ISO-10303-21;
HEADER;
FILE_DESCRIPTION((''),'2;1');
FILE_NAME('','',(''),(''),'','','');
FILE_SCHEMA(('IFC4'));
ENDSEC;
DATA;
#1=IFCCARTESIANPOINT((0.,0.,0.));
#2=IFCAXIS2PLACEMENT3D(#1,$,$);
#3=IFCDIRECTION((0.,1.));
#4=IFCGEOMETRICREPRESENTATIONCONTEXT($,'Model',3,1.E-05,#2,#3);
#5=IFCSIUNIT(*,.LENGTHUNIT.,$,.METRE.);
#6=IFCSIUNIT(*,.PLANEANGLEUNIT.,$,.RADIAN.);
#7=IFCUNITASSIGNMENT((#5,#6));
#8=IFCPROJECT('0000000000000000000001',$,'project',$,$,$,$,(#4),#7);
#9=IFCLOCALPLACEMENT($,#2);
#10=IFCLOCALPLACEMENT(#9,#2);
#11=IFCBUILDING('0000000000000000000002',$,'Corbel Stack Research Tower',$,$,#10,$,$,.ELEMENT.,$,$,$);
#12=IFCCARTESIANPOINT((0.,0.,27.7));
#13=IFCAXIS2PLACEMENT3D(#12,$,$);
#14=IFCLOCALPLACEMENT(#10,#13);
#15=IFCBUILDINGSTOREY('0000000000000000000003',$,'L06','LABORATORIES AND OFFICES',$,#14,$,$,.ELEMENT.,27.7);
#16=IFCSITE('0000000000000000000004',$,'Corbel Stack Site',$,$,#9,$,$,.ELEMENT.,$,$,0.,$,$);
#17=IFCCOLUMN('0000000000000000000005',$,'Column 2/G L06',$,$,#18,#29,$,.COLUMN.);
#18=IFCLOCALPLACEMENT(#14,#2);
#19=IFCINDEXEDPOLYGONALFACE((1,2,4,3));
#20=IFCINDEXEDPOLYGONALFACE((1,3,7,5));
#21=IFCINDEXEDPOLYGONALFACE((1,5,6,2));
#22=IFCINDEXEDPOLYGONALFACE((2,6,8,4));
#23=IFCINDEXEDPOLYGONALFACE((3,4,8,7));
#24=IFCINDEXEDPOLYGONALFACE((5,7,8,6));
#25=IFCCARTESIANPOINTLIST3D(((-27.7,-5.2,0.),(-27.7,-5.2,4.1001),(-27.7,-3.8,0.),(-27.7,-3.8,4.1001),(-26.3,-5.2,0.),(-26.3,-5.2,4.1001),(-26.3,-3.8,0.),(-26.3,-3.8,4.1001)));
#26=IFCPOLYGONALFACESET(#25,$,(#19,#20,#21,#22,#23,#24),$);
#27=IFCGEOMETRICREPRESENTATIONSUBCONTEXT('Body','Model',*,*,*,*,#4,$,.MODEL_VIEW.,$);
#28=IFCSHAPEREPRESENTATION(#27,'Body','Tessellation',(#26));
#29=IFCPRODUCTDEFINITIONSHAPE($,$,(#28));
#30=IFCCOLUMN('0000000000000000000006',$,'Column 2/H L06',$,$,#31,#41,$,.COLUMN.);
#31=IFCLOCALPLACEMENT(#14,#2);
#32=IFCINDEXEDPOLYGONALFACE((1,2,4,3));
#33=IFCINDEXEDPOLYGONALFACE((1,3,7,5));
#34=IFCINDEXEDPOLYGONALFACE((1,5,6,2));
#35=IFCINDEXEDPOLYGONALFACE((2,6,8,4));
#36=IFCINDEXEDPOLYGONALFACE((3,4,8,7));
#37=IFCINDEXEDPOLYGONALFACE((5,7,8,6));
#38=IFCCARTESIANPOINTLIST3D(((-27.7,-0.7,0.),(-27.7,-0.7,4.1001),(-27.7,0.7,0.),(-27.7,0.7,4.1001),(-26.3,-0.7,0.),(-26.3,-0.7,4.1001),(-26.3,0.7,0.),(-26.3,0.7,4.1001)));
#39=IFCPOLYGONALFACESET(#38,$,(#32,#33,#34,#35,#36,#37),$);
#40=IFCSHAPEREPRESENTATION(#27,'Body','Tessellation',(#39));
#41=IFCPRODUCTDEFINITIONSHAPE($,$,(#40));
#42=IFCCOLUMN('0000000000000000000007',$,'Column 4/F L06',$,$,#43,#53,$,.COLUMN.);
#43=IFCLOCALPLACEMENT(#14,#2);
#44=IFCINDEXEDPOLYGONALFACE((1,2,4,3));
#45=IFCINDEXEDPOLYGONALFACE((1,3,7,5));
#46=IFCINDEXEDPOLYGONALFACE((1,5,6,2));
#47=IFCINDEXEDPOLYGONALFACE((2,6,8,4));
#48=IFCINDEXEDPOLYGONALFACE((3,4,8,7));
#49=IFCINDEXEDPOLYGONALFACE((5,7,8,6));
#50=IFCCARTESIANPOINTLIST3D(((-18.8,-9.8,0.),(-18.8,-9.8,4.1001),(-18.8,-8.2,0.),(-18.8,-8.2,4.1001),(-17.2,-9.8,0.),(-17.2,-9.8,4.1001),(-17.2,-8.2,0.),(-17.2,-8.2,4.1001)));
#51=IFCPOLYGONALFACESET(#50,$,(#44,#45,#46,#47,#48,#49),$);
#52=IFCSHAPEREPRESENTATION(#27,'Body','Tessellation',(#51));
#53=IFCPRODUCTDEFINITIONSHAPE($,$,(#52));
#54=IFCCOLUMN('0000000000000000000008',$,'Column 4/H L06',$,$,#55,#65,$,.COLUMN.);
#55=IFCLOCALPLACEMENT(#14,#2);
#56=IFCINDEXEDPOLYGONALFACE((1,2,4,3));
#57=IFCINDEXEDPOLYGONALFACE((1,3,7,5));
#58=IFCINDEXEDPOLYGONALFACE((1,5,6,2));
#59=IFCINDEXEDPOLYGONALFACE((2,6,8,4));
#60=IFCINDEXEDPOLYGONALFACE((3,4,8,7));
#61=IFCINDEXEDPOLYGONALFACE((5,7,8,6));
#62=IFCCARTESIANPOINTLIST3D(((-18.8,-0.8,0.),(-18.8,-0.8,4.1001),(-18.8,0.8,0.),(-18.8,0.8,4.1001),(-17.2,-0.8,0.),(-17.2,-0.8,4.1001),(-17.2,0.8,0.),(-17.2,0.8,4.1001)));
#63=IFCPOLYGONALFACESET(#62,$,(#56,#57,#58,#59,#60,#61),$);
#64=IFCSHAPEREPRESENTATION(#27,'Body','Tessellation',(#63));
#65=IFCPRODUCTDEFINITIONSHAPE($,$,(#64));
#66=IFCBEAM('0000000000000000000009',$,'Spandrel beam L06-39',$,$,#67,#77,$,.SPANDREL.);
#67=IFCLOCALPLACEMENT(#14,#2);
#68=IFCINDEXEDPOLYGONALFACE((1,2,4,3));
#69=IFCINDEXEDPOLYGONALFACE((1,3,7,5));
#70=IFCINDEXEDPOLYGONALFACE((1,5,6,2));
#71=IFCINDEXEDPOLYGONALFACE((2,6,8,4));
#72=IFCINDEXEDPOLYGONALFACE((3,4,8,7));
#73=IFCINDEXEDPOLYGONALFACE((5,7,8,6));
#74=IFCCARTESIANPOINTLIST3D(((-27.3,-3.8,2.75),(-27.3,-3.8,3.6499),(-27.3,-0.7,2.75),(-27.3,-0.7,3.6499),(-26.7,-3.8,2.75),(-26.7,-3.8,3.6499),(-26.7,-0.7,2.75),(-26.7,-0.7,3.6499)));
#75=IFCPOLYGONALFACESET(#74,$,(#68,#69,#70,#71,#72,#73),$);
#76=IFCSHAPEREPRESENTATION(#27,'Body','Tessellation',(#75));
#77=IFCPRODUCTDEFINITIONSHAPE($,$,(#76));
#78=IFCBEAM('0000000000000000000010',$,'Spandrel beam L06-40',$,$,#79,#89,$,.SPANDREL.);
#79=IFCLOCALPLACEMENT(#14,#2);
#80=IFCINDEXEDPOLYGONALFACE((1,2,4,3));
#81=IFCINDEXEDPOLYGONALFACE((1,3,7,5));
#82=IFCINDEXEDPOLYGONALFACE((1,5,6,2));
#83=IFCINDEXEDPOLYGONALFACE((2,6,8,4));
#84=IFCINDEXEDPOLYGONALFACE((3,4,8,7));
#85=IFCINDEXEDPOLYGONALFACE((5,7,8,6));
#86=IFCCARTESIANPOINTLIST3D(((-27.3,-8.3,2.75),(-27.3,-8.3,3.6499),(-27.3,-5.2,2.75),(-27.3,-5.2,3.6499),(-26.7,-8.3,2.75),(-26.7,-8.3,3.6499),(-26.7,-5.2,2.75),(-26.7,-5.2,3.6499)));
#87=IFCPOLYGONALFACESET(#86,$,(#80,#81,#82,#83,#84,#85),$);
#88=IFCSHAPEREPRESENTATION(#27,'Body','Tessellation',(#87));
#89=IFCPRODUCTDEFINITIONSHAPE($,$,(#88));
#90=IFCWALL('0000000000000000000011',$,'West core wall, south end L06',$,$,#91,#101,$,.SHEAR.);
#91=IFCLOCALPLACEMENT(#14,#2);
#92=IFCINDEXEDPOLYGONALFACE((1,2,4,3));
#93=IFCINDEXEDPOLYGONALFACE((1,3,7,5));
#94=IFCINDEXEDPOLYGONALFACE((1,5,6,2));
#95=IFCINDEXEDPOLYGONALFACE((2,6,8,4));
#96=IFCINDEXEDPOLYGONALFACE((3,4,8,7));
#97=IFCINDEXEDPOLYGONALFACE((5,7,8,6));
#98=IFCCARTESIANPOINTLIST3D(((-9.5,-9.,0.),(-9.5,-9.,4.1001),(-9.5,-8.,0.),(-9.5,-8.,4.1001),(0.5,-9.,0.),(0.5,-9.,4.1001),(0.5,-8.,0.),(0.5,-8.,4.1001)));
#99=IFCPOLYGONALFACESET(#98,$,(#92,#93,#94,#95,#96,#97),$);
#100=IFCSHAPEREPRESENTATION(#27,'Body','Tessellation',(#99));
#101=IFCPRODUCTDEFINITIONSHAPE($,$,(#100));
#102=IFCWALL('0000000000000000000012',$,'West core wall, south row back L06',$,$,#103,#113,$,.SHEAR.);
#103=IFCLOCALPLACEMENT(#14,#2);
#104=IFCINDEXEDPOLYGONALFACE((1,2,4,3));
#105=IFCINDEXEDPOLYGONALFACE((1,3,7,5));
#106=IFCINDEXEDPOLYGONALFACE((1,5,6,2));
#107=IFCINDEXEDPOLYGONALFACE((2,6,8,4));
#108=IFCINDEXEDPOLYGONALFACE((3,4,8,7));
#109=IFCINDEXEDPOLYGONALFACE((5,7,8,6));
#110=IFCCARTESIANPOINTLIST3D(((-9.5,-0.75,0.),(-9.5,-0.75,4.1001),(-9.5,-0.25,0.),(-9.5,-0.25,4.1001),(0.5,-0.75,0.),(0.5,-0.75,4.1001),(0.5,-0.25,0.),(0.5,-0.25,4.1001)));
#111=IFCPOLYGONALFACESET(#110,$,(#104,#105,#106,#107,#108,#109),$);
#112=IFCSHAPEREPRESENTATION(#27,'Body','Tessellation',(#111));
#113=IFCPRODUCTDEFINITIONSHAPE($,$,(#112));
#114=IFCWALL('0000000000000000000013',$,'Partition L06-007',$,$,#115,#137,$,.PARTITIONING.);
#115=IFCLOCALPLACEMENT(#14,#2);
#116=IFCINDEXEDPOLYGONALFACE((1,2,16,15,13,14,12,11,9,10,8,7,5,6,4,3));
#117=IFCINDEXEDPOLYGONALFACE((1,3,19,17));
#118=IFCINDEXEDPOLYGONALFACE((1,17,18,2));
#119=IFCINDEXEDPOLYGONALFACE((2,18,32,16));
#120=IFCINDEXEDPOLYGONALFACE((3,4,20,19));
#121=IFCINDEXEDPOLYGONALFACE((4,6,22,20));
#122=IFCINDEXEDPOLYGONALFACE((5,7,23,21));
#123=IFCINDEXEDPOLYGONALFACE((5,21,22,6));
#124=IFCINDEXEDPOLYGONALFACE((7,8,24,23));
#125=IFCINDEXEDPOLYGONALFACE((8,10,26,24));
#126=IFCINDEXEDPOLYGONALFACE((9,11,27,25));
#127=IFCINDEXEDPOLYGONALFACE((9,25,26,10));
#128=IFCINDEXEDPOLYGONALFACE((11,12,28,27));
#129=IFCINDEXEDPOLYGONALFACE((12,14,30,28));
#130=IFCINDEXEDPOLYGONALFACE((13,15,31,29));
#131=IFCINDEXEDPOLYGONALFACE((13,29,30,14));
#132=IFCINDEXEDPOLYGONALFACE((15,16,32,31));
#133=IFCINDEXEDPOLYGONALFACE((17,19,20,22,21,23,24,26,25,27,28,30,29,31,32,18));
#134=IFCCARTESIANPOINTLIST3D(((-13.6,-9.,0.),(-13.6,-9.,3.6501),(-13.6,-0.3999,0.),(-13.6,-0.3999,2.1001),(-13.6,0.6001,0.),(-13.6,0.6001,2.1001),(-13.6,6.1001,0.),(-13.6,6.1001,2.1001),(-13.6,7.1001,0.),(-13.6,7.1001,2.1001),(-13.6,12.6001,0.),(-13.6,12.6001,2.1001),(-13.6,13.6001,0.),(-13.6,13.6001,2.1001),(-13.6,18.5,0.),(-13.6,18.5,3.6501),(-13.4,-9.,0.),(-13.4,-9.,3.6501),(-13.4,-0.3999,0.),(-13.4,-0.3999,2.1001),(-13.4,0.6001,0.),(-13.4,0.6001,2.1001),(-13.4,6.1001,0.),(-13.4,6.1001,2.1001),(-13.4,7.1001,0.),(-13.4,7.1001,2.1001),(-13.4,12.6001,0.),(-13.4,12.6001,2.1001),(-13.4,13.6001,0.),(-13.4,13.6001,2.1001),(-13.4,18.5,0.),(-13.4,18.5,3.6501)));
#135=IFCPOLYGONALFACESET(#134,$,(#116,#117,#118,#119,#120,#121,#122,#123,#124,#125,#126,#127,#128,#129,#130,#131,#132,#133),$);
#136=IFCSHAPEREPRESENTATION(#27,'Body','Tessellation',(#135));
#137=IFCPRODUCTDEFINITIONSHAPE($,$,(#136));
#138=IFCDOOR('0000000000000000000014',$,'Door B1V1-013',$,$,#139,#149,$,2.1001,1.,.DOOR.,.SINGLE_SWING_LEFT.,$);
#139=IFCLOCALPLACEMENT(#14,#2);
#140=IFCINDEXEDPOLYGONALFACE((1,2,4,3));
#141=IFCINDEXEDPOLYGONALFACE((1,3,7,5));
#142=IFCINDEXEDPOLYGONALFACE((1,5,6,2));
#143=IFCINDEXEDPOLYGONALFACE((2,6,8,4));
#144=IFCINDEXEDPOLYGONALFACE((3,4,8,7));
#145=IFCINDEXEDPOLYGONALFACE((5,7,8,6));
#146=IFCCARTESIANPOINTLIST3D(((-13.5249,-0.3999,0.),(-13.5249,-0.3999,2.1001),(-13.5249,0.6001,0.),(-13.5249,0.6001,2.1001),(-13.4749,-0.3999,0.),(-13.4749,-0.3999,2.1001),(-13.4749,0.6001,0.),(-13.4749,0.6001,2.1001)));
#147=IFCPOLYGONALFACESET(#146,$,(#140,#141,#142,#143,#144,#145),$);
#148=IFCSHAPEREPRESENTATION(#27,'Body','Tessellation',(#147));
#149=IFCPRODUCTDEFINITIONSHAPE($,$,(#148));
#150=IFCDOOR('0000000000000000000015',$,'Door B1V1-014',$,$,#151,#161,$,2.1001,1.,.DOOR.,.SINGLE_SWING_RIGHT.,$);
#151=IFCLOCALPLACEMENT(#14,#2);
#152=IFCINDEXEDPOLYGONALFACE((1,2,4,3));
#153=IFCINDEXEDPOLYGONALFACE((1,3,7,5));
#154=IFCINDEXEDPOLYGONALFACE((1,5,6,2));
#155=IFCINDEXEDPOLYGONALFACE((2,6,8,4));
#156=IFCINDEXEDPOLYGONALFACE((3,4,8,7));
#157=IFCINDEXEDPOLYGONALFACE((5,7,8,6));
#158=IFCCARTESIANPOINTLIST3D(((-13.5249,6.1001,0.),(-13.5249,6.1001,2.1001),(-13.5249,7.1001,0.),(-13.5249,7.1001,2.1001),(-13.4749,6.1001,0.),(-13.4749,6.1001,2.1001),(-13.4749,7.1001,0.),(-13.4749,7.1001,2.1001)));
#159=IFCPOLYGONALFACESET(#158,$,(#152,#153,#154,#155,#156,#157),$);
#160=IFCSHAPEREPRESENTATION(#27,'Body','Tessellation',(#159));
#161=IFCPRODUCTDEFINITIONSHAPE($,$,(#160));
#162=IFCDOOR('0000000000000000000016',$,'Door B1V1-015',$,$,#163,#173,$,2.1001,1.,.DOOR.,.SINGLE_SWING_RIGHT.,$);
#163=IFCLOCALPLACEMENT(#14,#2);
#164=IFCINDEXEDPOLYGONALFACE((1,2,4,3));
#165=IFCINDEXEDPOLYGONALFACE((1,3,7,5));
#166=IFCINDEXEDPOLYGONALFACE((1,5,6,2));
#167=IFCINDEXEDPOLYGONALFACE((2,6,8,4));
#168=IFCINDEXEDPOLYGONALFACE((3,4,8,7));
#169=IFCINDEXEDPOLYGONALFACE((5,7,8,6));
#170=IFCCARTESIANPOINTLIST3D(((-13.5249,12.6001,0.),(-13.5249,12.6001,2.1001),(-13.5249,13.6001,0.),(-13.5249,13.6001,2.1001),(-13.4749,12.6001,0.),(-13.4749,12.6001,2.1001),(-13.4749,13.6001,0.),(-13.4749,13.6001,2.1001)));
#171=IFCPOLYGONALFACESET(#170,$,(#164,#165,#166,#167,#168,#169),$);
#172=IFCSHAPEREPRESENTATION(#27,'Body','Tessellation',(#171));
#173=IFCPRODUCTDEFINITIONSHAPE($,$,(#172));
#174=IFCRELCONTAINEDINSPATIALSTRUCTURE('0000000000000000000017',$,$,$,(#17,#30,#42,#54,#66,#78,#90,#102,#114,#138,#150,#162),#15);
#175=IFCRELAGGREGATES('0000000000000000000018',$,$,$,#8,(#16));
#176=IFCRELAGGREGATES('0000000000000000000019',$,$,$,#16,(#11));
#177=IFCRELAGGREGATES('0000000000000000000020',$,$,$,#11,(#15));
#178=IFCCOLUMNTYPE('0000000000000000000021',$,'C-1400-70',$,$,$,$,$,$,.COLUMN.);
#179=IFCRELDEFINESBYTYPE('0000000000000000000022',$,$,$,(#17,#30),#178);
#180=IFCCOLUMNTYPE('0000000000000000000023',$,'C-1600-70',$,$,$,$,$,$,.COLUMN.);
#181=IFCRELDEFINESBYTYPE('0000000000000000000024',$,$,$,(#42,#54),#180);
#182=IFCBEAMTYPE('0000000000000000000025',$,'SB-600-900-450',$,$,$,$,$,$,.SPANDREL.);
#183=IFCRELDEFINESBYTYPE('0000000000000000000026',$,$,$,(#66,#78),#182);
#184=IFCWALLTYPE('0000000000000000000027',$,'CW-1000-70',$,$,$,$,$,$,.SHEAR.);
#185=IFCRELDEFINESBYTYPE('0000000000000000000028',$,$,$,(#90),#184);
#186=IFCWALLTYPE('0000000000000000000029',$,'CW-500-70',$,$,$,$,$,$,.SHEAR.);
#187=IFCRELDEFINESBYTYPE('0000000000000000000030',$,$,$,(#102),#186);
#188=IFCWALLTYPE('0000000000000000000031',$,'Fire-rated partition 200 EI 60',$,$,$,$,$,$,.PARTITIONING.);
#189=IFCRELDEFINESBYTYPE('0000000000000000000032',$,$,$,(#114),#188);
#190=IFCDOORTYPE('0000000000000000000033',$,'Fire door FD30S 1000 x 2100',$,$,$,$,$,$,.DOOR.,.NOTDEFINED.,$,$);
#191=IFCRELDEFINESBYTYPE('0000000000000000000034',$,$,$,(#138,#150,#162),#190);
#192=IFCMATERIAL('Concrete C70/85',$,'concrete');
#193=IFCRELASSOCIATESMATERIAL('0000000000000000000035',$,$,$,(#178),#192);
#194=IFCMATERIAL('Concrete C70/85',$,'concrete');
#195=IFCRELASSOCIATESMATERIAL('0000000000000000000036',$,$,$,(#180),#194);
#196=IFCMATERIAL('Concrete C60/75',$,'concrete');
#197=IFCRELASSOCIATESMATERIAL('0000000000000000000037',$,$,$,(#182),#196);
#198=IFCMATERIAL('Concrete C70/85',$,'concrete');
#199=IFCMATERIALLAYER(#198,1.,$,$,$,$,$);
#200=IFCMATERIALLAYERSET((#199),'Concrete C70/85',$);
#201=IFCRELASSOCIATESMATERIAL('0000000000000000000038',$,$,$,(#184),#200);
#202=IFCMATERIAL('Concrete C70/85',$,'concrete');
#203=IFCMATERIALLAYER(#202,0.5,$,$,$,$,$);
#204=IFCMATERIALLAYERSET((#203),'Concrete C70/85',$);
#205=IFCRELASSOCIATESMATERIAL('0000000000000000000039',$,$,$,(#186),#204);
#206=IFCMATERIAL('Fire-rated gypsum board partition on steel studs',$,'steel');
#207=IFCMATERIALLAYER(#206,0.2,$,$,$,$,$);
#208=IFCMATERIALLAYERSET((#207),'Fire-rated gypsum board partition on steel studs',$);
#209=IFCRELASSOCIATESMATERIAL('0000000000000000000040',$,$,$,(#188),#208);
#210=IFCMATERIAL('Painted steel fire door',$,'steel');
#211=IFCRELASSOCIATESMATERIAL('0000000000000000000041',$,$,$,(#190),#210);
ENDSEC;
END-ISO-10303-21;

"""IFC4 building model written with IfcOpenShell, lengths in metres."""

from ifc_helpers import new_model, si_unit, direction, frame, frame_2d, origin, origin_2d, place, context, subcontext, project, spatial, rectangle, extrude, material, layer, layer_set, material_profile, profile_set, type_object, element, fill, save


model = new_model("IFC4")

# Units and contexts
model_context = context("Model", 3, precision=1e-05, world=origin(), true_north=direction((0.0, 1.0)))
body_context = subcontext(model_context, "Body", "Model", "MODEL_VIEW")
ifc_project = project(units=[si_unit("LENGTHUNIT", "METRE"), si_unit("PLANEANGLEUNIT", "RADIAN")], contexts=[model_context])

# Site, building, storey
site_placement = place(None, origin())
site = spatial("IfcSite", under=ifc_project, at=site_placement, Name="Corbel Stack Site", CompositionType="ELEMENT", RefElevation=0.0)
building_placement = place(site_placement, origin())
building = spatial("IfcBuilding", under=site, at=building_placement, Name="Corbel Stack Research Tower", CompositionType="ELEMENT")
storey_placement = place(building_placement, frame((0.0, 0.0, 27.7)))
storey = spatial("IfcBuildingStorey", under=building, at=storey_placement, Name="L06", Description="LABORATORIES AND OFFICES", CompositionType="ELEMENT", Elevation=27.7)

# Columns
ifc_material_1 = material(Name="Concrete C70/85", Category="concrete")
ifc_material_profile_1 = material_profile(ifc_material_1, rectangle(XDim=1.3999, YDim=1.3999, at=origin_2d()), Name="RC 1400 x 1400")
ifc_profile_set_1 = profile_set([ifc_material_profile_1], Name="Concrete C70/85")
column_type_1 = type_object("IfcColumnType", Name="C-1400-70", PredefinedType="COLUMN", material=ifc_profile_set_1)
for number, where, z_axis, x_axis, name in (
    (1, (-27.0, -4.5, 0.0), (0.0, 0.0, 1.0), (1.0, 0.0, 0.0), "Column 2/G L06"),
    (2, (-27.0, 0.0, 0.0), (0.0, 0.0, 1.0), (1.0, 0.0, 0.0), "Column 2/H L06"),
):
    element("IfcColumn", number, at=place(storey_placement, frame(where, z_axis=z_axis, x_axis=x_axis)), inside=storey, type_object=column_type_1, Name=name, PredefinedType="COLUMN", context=body_context, shape_type="SweptSolid", body=[
        extrude(rectangle(XDim=1.3999, YDim=1.3999, at=origin_2d()), origin(), (0.0, 0.0, 1.0), 4.1001),
    ])
ifc_material_2 = material(Name="Concrete C70/85", Category="concrete")
ifc_material_profile_2 = material_profile(ifc_material_2, rectangle(XDim=1.6001, YDim=1.6001, at=origin_2d()), Name="RC 1600 x 1600")
ifc_profile_set_2 = profile_set([ifc_material_profile_2], Name="Concrete C70/85")
column_type_2 = type_object("IfcColumnType", Name="C-1600-70", PredefinedType="COLUMN", material=ifc_profile_set_2)
for number, where, z_axis, x_axis, name in (
    (3, (-18.0, -9.0, 0.0), (0.0, 0.0, 1.0), (1.0, 0.0, 0.0), "Column 4/F L06"),
    (4, (-18.0, 0.0, 0.0), (0.0, 0.0, 1.0), (1.0, 0.0, 0.0), "Column 4/H L06"),
):
    element("IfcColumn", number, at=place(storey_placement, frame(where, z_axis=z_axis, x_axis=x_axis)), inside=storey, type_object=column_type_2, Name=name, PredefinedType="COLUMN", context=body_context, shape_type="SweptSolid", body=[
        extrude(rectangle(XDim=1.6001, YDim=1.6001, at=origin_2d()), origin(), (0.0, 0.0, 1.0), 4.1001),
    ])

# Beams
ifc_material_3 = material(Name="Concrete C60/75", Category="concrete")
ifc_material_profile_3 = material_profile(ifc_material_3, rectangle(XDim=0.6001, YDim=0.8999, at=origin_2d()), Name="RC 600 x 900")
ifc_profile_set_3 = profile_set([ifc_material_profile_3], Name="Concrete C60/75")
beam_type = type_object("IfcBeamType", Name="SB-600-900-450", PredefinedType="SPANDREL", material=ifc_profile_set_3)
for number, where, z_axis, x_axis, name in (
    (5, (-27.0, -0.7, 3.2), (0.0, -1.0, 0.0), (1.0, 0.0, 0.0), "Spandrel beam L06-39"),
    (6, (-27.0, -5.2, 3.2), (0.0, -1.0, 0.0), (1.0, 0.0, 0.0), "Spandrel beam L06-40"),
):
    element("IfcBeam", number, at=place(storey_placement, frame(where, z_axis=z_axis, x_axis=x_axis)), inside=storey, type_object=beam_type, Name=name, PredefinedType="SPANDREL", context=body_context, shape_type="SweptSolid", body=[
        extrude(rectangle(XDim=0.6001, YDim=0.8999, at=origin_2d()), origin(), (0.0, 0.0, 1.0), 3.1001),
    ])

# Shared definitions
ifc_material_4 = material(Name="Concrete C70/85", Category="concrete")
ifc_layer_1 = layer(ifc_material_4, 1.0)
ifc_layer_set_1 = layer_set([ifc_layer_1], Name="Concrete C70/85")
wall_type_1 = type_object("IfcWallType", Name="CW-1000-70", PredefinedType="SHEAR", material=ifc_layer_set_1)

# Walls
wall_1_placement = place(storey_placement, frame((-9.5, -8.5, 0.0), z_axis=(0.0, 0.0, 1.0), x_axis=(1.0, 0.0, 0.0)))
element("IfcWall", 7, at=wall_1_placement, inside=storey, type_object=wall_type_1, Name="West core wall, south end L06", PredefinedType="SHEAR", context=body_context, shape_type="SweptSolid", body=[
    extrude(rectangle(XDim=10.0, YDim=1.0, at=frame_2d((5.0, 0.0))), origin(), (0.0, 0.0, 1.0), 4.1001),
])
ifc_material_5 = material(Name="Concrete C70/85", Category="concrete")
ifc_layer_2 = layer(ifc_material_5, 0.5)
ifc_layer_set_2 = layer_set([ifc_layer_2], Name="Concrete C70/85")
wall_type_2 = type_object("IfcWallType", Name="CW-500-70", PredefinedType="SHEAR", material=ifc_layer_set_2)
wall_2_placement = place(storey_placement, frame((-9.5, -0.5, 0.0), z_axis=(0.0, 0.0, 1.0), x_axis=(1.0, 0.0, 0.0)))
element("IfcWall", 8, at=wall_2_placement, inside=storey, type_object=wall_type_2, Name="West core wall, south row back L06", PredefinedType="SHEAR", context=body_context, shape_type="SweptSolid", body=[
    extrude(rectangle(XDim=10.0, YDim=0.5, at=frame_2d((5.0, 0.0))), origin(), (0.0, 0.0, 1.0), 4.1001),
])

# Wall, openings, doors
ifc_material_6 = material(Name="Fire-rated gypsum board partition on steel studs", Category="steel")
ifc_layer_3 = layer(ifc_material_6, 0.2)
ifc_layer_set_3 = layer_set([ifc_layer_3], Name="Fire-rated gypsum board partition on steel studs")
wall_type_3 = type_object("IfcWallType", Name="Fire-rated partition 200 EI 60", PredefinedType="PARTITIONING", material=ifc_layer_set_3)
wall_3_placement = place(storey_placement, frame((-13.5, -9.0, 0.0), z_axis=(0.0, 0.0, 1.0), x_axis=(0.0, 1.0, 0.0)))
wall_3 = element("IfcWall", 9, at=wall_3_placement, inside=storey, type_object=wall_type_3, Name="Partition L06-007", PredefinedType="PARTITIONING", context=body_context, shape_type="SweptSolid", body=[
    extrude(rectangle(XDim=27.5, YDim=0.2, at=frame_2d((13.75, 0.0))), origin(), (0.0, 0.0, 1.0), 3.6501),
])
opening_1_placement = place(wall_3_placement, frame((8.6001, 0.0, 0.0)))
opening_1 = element("IfcOpeningElement", 10, at=opening_1_placement, cuts=wall_3, PredefinedType="OPENING", context=body_context, shape_type="SweptSolid", body=[
    extrude(rectangle(XDim=1.0, YDim=2.1001, at=frame_2d((0.5, 1.05))), frame((0.0, 0.1099, 0.0), z_axis=(0.0, -1.0, 0.0), x_axis=(1.0, 0.0, 0.0)), (0.0, 0.0, 1.0), 0.22),
])
opening_2_placement = place(wall_3_placement, frame((15.1001, 0.0, 0.0)))
opening_2 = element("IfcOpeningElement", 11, at=opening_2_placement, cuts=wall_3, PredefinedType="OPENING", context=body_context, shape_type="SweptSolid", body=[
    extrude(rectangle(XDim=1.0, YDim=2.1001, at=frame_2d((0.5, 1.05))), frame((0.0, 0.1099, 0.0), z_axis=(0.0, -1.0, 0.0), x_axis=(1.0, 0.0, 0.0)), (0.0, 0.0, 1.0), 0.22),
])
opening_3_placement = place(wall_3_placement, frame((21.6001, 0.0, 0.0)))
opening_3 = element("IfcOpeningElement", 12, at=opening_3_placement, cuts=wall_3, PredefinedType="OPENING", context=body_context, shape_type="SweptSolid", body=[
    extrude(rectangle(XDim=1.0, YDim=2.1001, at=frame_2d((0.5, 1.05))), frame((0.0, 0.1099, 0.0), z_axis=(0.0, -1.0, 0.0), x_axis=(1.0, 0.0, 0.0)), (0.0, 0.0, 1.0), 0.22),
])
ifc_material_7 = material(Name="Painted steel fire door", Category="steel")
door_type_1 = type_object("IfcDoorType", Name="Fire door FD30S 1000 x 2100", OperationType="NOTDEFINED", PredefinedType="DOOR", material=ifc_material_7)
door_1_placement = place(opening_1_placement, origin())
door_1 = element("IfcDoor", 13, at=door_1_placement, inside=storey, type_object=door_type_1, Name="Door B1V1-013", OperationType="SINGLE_SWING_LEFT", OverallHeight=2.1001, OverallWidth=1.0, PredefinedType="DOOR", context=body_context, shape_type="SweptSolid", body=[
    extrude(rectangle(XDim=1.0, YDim=2.1001, at=frame_2d((0.5, 1.05))), frame((0.0, 0.0249, 0.0), z_axis=(0.0, -1.0, 0.0), x_axis=(1.0, 0.0, 0.0)), (0.0, 0.0, 1.0), 0.05),
])
fill(opening_1, door_1)
door_2_placement = place(opening_2_placement, origin())
door_2 = element("IfcDoor", 14, at=door_2_placement, inside=storey, type_object=door_type_1, Name="Door B1V1-014", OperationType="SINGLE_SWING_RIGHT", OverallHeight=2.1001, OverallWidth=1.0, PredefinedType="DOOR", context=body_context, shape_type="SweptSolid", body=[
    extrude(rectangle(XDim=1.0, YDim=2.1001, at=frame_2d((0.5, 1.05))), frame((0.0, 0.0249, 0.0), z_axis=(0.0, -1.0, 0.0), x_axis=(1.0, 0.0, 0.0)), (0.0, 0.0, 1.0), 0.05),
])
fill(opening_2, door_2)
door_3_placement = place(opening_3_placement, origin())
door_3 = element("IfcDoor", 15, at=door_3_placement, inside=storey, type_object=door_type_1, Name="Door B1V1-015", OperationType="SINGLE_SWING_RIGHT", OverallHeight=2.1001, OverallWidth=1.0, PredefinedType="DOOR", context=body_context, shape_type="SweptSolid", body=[
    extrude(rectangle(XDim=1.0, YDim=2.1001, at=frame_2d((0.5, 1.05))), frame((0.0, 0.0249, 0.0), z_axis=(0.0, -1.0, 0.0), x_axis=(1.0, 0.0, 0.0)), (0.0, 0.0, 1.0), 0.05),
])
fill(opening_3, door_3)

save(model, "model.ifc")
